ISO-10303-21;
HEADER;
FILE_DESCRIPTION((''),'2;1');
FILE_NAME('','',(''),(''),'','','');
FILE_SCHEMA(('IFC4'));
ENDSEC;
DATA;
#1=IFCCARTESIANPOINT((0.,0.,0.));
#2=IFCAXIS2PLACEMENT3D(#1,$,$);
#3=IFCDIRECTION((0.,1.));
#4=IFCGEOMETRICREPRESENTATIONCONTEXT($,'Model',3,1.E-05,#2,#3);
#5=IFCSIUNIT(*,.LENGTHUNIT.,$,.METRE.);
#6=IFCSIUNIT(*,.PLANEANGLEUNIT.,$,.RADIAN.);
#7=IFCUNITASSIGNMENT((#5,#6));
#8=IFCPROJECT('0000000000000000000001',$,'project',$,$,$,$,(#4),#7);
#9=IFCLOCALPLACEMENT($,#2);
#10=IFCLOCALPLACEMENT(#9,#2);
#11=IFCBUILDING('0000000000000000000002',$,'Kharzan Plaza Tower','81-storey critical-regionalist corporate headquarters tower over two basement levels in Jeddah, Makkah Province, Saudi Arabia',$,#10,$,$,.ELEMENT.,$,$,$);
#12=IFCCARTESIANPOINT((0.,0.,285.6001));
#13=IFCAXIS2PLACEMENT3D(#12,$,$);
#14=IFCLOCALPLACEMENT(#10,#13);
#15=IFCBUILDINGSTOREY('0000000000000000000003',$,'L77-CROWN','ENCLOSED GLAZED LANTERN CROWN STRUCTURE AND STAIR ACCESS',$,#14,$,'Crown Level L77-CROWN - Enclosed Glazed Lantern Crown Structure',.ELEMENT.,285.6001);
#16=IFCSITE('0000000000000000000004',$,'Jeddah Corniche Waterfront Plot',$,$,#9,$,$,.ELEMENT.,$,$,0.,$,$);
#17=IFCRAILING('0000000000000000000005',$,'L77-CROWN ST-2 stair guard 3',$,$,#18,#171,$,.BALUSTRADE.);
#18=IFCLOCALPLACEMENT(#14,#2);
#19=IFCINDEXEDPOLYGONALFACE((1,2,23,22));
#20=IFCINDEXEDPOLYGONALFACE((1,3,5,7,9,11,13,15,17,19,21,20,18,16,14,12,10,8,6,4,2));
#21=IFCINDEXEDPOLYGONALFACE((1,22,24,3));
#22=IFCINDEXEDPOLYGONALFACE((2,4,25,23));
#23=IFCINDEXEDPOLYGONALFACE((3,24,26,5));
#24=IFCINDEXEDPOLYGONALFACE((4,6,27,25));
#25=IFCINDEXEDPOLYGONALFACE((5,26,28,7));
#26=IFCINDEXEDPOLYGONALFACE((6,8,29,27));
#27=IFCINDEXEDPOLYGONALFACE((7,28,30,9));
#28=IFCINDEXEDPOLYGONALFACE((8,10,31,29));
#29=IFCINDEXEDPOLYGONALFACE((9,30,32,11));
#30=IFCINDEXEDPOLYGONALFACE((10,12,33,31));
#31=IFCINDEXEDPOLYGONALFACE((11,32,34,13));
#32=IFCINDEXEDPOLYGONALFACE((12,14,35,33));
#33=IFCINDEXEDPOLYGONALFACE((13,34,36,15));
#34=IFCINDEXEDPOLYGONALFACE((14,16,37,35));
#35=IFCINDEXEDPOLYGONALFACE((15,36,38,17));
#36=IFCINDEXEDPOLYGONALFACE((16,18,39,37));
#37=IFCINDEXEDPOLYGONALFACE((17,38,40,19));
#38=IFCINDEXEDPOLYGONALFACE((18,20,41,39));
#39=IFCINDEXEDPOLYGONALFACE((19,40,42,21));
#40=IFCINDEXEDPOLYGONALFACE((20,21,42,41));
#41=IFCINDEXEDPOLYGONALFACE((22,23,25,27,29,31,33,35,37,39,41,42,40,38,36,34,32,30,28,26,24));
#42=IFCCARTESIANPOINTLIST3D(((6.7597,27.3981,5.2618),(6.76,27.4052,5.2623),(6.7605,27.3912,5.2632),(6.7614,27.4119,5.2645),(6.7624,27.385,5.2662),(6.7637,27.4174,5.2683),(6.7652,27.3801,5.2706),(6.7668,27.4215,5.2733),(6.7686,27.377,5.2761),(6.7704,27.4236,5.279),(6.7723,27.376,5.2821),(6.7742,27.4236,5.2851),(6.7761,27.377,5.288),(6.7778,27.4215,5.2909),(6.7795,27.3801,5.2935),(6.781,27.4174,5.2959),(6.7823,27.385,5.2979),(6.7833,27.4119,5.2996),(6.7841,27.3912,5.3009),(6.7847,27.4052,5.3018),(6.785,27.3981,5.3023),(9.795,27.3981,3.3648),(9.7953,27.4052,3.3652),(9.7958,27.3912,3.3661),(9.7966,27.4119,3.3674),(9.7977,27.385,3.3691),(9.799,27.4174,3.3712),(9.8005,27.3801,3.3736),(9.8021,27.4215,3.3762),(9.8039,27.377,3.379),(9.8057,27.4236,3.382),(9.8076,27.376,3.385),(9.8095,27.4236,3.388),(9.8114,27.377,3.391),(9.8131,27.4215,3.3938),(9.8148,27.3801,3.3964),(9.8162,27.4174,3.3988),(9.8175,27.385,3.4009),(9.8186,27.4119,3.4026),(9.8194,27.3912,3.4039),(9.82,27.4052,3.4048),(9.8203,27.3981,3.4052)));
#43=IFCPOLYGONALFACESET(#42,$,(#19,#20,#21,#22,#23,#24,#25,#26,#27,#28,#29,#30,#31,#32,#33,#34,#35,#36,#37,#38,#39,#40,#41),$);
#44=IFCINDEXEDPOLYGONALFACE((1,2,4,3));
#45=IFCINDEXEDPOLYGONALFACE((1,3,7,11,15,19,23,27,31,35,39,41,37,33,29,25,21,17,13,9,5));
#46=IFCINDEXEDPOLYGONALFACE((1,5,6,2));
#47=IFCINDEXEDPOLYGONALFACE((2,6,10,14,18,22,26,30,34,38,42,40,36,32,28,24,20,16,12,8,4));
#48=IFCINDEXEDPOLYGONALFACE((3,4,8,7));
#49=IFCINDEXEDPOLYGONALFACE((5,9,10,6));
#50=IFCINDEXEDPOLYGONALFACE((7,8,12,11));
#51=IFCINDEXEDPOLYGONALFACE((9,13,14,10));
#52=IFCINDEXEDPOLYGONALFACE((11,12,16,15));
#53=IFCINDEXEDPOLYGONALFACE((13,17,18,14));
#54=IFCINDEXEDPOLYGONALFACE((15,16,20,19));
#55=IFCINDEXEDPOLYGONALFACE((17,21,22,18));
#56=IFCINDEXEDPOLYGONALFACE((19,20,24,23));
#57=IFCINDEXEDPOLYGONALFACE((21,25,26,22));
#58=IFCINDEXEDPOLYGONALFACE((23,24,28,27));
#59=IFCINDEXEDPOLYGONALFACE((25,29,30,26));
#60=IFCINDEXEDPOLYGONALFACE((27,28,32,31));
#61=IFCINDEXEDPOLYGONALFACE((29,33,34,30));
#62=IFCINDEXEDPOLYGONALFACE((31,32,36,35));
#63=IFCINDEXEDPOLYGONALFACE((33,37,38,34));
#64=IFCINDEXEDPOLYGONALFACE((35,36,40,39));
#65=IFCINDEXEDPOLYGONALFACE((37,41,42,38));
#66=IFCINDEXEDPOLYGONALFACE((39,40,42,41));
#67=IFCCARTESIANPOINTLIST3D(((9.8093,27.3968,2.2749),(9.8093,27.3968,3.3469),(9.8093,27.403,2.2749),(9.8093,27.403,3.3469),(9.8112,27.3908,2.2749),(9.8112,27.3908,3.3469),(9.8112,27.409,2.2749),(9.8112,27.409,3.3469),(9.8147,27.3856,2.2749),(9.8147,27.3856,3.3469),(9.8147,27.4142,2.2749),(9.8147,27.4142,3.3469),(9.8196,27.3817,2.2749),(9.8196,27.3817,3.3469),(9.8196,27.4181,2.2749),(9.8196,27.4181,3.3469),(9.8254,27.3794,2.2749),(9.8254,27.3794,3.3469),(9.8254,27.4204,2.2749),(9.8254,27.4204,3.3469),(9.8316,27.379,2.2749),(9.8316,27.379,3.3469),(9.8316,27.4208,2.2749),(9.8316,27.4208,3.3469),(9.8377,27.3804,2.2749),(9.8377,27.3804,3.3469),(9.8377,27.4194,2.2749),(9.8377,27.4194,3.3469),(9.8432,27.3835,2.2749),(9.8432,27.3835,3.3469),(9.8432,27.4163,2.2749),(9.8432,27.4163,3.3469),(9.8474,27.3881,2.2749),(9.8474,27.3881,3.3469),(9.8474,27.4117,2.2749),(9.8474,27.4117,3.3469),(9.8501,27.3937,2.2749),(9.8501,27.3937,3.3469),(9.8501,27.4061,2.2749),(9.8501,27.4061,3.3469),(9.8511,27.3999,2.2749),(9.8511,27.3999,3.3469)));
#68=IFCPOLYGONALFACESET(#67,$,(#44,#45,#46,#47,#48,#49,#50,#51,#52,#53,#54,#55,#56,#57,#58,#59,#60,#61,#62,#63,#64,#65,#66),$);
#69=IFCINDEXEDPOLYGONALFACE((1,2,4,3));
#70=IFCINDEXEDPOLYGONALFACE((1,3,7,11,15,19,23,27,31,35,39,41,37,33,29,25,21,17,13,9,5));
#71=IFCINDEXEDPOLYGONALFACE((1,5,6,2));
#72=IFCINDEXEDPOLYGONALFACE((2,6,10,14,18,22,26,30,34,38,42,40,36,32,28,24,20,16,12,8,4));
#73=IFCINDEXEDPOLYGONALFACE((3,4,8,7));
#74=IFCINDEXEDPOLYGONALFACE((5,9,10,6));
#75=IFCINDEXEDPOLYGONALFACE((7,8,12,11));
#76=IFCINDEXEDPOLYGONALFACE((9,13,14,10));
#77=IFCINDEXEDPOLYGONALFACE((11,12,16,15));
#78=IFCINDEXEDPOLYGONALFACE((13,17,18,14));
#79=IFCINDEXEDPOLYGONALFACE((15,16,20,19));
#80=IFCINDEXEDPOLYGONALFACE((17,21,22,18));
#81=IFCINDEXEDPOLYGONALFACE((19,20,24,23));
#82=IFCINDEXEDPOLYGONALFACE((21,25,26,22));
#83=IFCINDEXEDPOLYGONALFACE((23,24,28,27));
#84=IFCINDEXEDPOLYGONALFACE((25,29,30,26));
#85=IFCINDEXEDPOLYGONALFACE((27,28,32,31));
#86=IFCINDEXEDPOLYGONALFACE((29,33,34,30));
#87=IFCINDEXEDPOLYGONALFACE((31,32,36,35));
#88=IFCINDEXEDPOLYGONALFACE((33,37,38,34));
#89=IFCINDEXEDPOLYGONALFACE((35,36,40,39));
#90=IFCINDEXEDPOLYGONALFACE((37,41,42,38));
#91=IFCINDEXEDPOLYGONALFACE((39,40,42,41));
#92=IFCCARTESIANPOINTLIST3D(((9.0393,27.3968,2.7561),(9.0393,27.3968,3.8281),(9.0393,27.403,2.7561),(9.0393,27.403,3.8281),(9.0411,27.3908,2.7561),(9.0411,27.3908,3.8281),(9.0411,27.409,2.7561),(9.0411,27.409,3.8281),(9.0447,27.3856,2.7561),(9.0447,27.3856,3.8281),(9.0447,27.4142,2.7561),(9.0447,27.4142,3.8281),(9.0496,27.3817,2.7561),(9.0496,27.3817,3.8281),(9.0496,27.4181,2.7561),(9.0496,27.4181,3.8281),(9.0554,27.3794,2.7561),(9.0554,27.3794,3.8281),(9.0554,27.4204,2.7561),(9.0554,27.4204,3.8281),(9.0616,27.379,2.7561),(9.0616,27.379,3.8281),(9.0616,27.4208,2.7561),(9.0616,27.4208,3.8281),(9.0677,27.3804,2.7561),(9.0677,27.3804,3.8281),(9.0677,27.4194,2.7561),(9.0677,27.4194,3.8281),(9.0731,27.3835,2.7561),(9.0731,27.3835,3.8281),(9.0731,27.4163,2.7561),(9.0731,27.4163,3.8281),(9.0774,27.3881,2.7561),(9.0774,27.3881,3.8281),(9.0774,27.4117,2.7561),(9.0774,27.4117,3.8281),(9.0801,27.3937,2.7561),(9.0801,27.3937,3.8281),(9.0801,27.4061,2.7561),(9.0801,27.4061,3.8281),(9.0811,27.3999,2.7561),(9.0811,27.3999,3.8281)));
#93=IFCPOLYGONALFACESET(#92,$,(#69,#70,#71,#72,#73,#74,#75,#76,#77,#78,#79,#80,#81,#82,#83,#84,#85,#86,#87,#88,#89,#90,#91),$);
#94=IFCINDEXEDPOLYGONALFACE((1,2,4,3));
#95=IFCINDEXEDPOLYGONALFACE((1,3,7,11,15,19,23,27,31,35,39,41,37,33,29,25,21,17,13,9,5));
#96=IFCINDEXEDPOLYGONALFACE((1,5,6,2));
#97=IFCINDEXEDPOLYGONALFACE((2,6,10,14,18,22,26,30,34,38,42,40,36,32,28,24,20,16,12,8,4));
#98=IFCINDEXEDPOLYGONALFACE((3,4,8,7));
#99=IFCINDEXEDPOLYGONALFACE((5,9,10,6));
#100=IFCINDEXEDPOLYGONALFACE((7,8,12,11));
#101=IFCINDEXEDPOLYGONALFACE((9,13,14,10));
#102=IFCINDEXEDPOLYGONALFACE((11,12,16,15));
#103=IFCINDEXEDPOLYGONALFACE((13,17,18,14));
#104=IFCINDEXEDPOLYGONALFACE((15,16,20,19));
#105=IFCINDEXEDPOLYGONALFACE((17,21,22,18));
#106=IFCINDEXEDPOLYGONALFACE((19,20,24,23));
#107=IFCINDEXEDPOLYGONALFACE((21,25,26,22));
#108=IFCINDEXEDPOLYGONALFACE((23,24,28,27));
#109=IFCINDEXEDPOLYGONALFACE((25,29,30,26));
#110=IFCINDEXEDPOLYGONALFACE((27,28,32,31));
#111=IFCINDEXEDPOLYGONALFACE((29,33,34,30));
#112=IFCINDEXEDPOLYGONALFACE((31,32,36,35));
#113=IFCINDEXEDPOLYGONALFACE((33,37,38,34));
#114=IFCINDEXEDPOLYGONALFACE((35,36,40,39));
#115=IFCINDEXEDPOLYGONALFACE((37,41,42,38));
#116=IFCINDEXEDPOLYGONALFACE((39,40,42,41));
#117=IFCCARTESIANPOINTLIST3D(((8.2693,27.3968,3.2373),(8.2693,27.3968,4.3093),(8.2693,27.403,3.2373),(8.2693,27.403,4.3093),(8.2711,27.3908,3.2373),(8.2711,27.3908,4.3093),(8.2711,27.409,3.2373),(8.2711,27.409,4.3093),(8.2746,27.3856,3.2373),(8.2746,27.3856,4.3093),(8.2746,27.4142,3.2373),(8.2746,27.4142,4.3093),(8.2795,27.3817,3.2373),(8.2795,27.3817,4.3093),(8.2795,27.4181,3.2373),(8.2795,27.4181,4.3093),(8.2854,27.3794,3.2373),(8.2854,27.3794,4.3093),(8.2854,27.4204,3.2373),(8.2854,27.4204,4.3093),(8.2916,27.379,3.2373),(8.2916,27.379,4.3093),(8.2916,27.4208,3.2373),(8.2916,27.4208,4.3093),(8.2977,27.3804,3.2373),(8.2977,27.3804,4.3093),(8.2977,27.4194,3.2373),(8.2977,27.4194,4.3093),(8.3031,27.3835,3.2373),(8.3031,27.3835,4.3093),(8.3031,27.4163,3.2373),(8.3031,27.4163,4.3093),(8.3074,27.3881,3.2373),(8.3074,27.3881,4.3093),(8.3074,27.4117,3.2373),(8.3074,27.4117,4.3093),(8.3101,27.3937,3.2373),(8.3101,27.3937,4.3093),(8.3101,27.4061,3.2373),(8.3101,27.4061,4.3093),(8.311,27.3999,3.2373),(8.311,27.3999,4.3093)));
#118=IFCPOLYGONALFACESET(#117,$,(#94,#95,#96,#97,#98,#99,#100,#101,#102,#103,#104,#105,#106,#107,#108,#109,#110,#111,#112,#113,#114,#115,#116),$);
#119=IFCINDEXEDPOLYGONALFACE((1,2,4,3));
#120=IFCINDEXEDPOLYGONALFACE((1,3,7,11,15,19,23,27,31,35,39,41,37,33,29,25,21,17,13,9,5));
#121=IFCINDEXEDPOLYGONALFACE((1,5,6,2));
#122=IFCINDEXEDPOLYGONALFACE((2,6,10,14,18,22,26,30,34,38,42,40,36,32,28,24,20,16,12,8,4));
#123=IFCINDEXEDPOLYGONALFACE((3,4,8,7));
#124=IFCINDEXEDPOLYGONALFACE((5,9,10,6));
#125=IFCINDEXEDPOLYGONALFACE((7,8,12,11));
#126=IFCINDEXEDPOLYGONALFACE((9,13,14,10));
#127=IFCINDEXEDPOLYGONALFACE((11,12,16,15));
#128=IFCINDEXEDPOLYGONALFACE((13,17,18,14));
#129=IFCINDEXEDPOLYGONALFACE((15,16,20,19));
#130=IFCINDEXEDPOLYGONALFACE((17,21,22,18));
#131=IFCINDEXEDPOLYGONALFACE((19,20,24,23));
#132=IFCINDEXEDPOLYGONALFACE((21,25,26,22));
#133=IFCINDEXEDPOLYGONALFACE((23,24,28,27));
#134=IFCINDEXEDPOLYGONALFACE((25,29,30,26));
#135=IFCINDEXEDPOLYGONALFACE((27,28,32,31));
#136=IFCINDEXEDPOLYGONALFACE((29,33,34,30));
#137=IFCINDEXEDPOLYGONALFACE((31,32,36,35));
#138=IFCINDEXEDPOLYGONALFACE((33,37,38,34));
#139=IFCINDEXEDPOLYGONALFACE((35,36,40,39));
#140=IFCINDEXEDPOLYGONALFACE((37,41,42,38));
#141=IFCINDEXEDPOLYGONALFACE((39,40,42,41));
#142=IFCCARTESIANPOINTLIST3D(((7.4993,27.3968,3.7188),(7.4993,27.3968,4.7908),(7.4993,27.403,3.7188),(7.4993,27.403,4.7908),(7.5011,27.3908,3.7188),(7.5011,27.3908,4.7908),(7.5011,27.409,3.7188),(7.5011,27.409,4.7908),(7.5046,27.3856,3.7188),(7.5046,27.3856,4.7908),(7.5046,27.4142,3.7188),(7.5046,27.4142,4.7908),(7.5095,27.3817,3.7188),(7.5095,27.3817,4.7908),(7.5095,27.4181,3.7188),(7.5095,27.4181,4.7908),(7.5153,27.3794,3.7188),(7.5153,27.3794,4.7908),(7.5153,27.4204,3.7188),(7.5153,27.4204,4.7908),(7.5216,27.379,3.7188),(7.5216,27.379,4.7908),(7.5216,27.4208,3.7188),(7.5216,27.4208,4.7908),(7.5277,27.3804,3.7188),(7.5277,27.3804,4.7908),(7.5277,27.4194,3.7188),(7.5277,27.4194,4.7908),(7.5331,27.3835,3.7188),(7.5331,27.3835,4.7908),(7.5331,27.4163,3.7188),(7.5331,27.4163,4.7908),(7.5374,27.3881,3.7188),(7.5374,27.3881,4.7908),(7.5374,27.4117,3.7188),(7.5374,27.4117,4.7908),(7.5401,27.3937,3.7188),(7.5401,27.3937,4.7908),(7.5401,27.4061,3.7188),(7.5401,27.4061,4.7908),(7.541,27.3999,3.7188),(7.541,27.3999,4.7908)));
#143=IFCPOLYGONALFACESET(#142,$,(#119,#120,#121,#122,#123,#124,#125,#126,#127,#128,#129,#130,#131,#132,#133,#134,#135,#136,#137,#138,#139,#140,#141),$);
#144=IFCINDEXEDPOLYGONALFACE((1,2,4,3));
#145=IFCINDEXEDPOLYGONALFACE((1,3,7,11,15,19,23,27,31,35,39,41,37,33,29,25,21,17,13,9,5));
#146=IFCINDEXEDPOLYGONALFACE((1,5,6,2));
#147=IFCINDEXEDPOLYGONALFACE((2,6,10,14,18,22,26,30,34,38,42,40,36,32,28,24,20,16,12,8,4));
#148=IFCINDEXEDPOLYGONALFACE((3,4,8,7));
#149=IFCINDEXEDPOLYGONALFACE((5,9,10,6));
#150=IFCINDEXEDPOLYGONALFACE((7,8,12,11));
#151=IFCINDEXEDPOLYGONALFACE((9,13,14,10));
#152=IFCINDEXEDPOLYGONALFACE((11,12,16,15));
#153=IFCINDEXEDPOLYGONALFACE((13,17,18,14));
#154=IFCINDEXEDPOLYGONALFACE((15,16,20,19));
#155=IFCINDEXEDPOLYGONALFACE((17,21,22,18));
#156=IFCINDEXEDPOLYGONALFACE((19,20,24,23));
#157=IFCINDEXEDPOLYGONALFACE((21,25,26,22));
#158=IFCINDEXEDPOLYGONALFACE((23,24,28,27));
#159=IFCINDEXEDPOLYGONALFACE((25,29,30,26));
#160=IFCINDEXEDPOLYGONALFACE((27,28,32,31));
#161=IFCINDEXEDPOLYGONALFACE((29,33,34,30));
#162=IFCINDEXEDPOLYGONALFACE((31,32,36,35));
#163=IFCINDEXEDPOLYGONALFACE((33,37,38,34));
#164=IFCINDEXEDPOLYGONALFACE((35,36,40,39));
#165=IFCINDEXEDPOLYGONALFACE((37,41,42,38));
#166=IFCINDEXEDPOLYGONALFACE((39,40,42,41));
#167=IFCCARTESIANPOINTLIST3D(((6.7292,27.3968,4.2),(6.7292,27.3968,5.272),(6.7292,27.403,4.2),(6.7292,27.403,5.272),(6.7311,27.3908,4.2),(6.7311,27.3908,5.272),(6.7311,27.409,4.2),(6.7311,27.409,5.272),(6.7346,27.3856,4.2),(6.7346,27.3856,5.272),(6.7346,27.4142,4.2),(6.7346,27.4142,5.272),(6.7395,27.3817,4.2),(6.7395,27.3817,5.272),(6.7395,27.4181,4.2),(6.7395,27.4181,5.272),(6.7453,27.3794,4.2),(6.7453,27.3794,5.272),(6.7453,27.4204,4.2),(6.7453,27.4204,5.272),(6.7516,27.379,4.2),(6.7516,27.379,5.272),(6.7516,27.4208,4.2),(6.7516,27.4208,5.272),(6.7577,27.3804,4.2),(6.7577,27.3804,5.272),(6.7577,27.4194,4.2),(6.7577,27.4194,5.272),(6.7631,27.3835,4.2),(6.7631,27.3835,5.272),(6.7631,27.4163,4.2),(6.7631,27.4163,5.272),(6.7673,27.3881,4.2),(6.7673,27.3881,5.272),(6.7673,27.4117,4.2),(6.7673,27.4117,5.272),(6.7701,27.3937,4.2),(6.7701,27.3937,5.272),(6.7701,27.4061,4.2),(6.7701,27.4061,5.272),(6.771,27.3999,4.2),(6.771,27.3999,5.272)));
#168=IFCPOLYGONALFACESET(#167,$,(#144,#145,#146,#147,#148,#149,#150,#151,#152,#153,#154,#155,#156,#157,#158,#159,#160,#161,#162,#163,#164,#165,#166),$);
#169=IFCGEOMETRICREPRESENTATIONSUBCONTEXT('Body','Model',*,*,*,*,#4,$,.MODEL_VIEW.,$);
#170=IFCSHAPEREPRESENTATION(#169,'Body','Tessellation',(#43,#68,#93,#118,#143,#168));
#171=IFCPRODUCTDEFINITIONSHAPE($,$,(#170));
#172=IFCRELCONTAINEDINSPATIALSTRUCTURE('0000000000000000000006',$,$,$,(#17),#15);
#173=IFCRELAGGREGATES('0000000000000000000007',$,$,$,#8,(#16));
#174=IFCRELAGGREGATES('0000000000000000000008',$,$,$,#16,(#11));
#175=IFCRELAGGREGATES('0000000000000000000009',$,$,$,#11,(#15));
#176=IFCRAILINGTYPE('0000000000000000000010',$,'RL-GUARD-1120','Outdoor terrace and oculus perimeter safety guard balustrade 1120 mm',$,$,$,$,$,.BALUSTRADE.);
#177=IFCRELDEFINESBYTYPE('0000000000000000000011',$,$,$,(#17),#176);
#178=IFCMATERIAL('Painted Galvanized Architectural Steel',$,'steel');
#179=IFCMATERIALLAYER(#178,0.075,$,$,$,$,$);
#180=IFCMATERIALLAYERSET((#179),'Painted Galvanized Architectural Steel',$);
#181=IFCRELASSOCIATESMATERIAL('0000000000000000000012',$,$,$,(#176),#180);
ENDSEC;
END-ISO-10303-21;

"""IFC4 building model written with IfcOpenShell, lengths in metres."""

from ifc_helpers import new_model, si_unit, direction, frame, origin, origin_2d, place, context, subcontext, project, spatial, circle, extrude, source, transform, mapped, material, layer, layer_set, type_object, element, save


model = new_model("IFC4")

# Units and contexts
model_context = context("Model", 3, precision=1e-05, world=origin(), true_north=direction((0.0, 1.0)))
body_context = subcontext(model_context, "Body", "Model", "MODEL_VIEW")
ifc_project = project(units=[si_unit("LENGTHUNIT", "METRE"), si_unit("PLANEANGLEUNIT", "RADIAN")], contexts=[model_context])

# Site, building, storey
site_placement = place(None, origin())
site = spatial("IfcSite", under=ifc_project, at=site_placement, Name="Jeddah Corniche Waterfront Plot", CompositionType="ELEMENT", RefElevation=0.0)
building_placement = place(site_placement, origin())
building = spatial("IfcBuilding", under=site, at=building_placement, Name="Kharzan Plaza Tower", Description="81-storey critical-regionalist corporate headquarters tower over two basement levels in Jeddah, Makkah Province, Saudi Arabia", CompositionType="ELEMENT")
storey_placement = place(building_placement, frame((0.0, 0.0, 285.6001)))
storey = spatial("IfcBuildingStorey", under=building, at=storey_placement, Name="L77-CROWN", Description="ENCLOSED GLAZED LANTERN CROWN STRUCTURE AND STAIR ACCESS", LongName="Crown Level L77-CROWN - Enclosed Glazed Lantern Crown Structure", CompositionType="ELEMENT", Elevation=285.6001)

# Railing
ifc_material_1 = material(Name="Painted Galvanized Architectural Steel", Category="steel")
ifc_layer_1 = layer(ifc_material_1, 0.075)
ifc_layer_set_1 = layer_set([ifc_layer_1], Name="Painted Galvanized Architectural Steel")
railing_type_1 = type_object("IfcRailingType", Name="RL-GUARD-1120", Description="Outdoor terrace and oculus perimeter safety guard balustrade 1120 mm", PredefinedType="BALUSTRADE", material=ifc_layer_set_1)
shared_shape_1 = source(origin(), body_context, "Body", "SweptSolid", [
    extrude(circle(Radius=0.0239, at=origin_2d()), frame((-0.0225, 0.0, 1.1101), z_axis=(-0.847998, 0.0, 0.529999), x_axis=(0.0, -1.0, 0.0)), (0.0, 0.0, 1.0), 3.5793),
    extrude(circle(Radius=0.021, at=origin_2d()), origin(), (0.0, 0.0, 1.0), 1.072),
    extrude(circle(Radius=0.021, at=origin_2d()), frame((-0.77, 0.0, 0.4812)), (0.0, 0.0, 1.0), 1.072),
    extrude(circle(Radius=0.021, at=origin_2d()), frame((-1.54, 0.0, 0.9624)), (0.0, 0.0, 1.0), 1.072),
    extrude(circle(Radius=0.021, at=origin_2d()), frame((-2.3101, 0.0, 1.4438)), (0.0, 0.0, 1.0), 1.072),
    extrude(circle(Radius=0.021, at=origin_2d()), frame((-3.0801, 0.0, 1.925)), (0.0, 0.0, 1.0), 1.072),
])
railing_1_placement = place(storey_placement, frame((9.8301, 27.3999, 2.2749)))
element("IfcRailing", 1, at=railing_1_placement, inside=storey, type_object=railing_type_1, Name="L77-CROWN ST-2 stair guard 3", PredefinedType="BALUSTRADE", context=body_context, shape_type="MappedRepresentation", body=[
    mapped(shared_shape_1, transform((0.0, 0.0, 0.0), x_axis=(1.0, 0.0, 0.0), y_axis=(0.0, 1.0, 0.0), z_axis=(0.0, 0.0, 1.0))),
])

save(model, "model.ifc")
